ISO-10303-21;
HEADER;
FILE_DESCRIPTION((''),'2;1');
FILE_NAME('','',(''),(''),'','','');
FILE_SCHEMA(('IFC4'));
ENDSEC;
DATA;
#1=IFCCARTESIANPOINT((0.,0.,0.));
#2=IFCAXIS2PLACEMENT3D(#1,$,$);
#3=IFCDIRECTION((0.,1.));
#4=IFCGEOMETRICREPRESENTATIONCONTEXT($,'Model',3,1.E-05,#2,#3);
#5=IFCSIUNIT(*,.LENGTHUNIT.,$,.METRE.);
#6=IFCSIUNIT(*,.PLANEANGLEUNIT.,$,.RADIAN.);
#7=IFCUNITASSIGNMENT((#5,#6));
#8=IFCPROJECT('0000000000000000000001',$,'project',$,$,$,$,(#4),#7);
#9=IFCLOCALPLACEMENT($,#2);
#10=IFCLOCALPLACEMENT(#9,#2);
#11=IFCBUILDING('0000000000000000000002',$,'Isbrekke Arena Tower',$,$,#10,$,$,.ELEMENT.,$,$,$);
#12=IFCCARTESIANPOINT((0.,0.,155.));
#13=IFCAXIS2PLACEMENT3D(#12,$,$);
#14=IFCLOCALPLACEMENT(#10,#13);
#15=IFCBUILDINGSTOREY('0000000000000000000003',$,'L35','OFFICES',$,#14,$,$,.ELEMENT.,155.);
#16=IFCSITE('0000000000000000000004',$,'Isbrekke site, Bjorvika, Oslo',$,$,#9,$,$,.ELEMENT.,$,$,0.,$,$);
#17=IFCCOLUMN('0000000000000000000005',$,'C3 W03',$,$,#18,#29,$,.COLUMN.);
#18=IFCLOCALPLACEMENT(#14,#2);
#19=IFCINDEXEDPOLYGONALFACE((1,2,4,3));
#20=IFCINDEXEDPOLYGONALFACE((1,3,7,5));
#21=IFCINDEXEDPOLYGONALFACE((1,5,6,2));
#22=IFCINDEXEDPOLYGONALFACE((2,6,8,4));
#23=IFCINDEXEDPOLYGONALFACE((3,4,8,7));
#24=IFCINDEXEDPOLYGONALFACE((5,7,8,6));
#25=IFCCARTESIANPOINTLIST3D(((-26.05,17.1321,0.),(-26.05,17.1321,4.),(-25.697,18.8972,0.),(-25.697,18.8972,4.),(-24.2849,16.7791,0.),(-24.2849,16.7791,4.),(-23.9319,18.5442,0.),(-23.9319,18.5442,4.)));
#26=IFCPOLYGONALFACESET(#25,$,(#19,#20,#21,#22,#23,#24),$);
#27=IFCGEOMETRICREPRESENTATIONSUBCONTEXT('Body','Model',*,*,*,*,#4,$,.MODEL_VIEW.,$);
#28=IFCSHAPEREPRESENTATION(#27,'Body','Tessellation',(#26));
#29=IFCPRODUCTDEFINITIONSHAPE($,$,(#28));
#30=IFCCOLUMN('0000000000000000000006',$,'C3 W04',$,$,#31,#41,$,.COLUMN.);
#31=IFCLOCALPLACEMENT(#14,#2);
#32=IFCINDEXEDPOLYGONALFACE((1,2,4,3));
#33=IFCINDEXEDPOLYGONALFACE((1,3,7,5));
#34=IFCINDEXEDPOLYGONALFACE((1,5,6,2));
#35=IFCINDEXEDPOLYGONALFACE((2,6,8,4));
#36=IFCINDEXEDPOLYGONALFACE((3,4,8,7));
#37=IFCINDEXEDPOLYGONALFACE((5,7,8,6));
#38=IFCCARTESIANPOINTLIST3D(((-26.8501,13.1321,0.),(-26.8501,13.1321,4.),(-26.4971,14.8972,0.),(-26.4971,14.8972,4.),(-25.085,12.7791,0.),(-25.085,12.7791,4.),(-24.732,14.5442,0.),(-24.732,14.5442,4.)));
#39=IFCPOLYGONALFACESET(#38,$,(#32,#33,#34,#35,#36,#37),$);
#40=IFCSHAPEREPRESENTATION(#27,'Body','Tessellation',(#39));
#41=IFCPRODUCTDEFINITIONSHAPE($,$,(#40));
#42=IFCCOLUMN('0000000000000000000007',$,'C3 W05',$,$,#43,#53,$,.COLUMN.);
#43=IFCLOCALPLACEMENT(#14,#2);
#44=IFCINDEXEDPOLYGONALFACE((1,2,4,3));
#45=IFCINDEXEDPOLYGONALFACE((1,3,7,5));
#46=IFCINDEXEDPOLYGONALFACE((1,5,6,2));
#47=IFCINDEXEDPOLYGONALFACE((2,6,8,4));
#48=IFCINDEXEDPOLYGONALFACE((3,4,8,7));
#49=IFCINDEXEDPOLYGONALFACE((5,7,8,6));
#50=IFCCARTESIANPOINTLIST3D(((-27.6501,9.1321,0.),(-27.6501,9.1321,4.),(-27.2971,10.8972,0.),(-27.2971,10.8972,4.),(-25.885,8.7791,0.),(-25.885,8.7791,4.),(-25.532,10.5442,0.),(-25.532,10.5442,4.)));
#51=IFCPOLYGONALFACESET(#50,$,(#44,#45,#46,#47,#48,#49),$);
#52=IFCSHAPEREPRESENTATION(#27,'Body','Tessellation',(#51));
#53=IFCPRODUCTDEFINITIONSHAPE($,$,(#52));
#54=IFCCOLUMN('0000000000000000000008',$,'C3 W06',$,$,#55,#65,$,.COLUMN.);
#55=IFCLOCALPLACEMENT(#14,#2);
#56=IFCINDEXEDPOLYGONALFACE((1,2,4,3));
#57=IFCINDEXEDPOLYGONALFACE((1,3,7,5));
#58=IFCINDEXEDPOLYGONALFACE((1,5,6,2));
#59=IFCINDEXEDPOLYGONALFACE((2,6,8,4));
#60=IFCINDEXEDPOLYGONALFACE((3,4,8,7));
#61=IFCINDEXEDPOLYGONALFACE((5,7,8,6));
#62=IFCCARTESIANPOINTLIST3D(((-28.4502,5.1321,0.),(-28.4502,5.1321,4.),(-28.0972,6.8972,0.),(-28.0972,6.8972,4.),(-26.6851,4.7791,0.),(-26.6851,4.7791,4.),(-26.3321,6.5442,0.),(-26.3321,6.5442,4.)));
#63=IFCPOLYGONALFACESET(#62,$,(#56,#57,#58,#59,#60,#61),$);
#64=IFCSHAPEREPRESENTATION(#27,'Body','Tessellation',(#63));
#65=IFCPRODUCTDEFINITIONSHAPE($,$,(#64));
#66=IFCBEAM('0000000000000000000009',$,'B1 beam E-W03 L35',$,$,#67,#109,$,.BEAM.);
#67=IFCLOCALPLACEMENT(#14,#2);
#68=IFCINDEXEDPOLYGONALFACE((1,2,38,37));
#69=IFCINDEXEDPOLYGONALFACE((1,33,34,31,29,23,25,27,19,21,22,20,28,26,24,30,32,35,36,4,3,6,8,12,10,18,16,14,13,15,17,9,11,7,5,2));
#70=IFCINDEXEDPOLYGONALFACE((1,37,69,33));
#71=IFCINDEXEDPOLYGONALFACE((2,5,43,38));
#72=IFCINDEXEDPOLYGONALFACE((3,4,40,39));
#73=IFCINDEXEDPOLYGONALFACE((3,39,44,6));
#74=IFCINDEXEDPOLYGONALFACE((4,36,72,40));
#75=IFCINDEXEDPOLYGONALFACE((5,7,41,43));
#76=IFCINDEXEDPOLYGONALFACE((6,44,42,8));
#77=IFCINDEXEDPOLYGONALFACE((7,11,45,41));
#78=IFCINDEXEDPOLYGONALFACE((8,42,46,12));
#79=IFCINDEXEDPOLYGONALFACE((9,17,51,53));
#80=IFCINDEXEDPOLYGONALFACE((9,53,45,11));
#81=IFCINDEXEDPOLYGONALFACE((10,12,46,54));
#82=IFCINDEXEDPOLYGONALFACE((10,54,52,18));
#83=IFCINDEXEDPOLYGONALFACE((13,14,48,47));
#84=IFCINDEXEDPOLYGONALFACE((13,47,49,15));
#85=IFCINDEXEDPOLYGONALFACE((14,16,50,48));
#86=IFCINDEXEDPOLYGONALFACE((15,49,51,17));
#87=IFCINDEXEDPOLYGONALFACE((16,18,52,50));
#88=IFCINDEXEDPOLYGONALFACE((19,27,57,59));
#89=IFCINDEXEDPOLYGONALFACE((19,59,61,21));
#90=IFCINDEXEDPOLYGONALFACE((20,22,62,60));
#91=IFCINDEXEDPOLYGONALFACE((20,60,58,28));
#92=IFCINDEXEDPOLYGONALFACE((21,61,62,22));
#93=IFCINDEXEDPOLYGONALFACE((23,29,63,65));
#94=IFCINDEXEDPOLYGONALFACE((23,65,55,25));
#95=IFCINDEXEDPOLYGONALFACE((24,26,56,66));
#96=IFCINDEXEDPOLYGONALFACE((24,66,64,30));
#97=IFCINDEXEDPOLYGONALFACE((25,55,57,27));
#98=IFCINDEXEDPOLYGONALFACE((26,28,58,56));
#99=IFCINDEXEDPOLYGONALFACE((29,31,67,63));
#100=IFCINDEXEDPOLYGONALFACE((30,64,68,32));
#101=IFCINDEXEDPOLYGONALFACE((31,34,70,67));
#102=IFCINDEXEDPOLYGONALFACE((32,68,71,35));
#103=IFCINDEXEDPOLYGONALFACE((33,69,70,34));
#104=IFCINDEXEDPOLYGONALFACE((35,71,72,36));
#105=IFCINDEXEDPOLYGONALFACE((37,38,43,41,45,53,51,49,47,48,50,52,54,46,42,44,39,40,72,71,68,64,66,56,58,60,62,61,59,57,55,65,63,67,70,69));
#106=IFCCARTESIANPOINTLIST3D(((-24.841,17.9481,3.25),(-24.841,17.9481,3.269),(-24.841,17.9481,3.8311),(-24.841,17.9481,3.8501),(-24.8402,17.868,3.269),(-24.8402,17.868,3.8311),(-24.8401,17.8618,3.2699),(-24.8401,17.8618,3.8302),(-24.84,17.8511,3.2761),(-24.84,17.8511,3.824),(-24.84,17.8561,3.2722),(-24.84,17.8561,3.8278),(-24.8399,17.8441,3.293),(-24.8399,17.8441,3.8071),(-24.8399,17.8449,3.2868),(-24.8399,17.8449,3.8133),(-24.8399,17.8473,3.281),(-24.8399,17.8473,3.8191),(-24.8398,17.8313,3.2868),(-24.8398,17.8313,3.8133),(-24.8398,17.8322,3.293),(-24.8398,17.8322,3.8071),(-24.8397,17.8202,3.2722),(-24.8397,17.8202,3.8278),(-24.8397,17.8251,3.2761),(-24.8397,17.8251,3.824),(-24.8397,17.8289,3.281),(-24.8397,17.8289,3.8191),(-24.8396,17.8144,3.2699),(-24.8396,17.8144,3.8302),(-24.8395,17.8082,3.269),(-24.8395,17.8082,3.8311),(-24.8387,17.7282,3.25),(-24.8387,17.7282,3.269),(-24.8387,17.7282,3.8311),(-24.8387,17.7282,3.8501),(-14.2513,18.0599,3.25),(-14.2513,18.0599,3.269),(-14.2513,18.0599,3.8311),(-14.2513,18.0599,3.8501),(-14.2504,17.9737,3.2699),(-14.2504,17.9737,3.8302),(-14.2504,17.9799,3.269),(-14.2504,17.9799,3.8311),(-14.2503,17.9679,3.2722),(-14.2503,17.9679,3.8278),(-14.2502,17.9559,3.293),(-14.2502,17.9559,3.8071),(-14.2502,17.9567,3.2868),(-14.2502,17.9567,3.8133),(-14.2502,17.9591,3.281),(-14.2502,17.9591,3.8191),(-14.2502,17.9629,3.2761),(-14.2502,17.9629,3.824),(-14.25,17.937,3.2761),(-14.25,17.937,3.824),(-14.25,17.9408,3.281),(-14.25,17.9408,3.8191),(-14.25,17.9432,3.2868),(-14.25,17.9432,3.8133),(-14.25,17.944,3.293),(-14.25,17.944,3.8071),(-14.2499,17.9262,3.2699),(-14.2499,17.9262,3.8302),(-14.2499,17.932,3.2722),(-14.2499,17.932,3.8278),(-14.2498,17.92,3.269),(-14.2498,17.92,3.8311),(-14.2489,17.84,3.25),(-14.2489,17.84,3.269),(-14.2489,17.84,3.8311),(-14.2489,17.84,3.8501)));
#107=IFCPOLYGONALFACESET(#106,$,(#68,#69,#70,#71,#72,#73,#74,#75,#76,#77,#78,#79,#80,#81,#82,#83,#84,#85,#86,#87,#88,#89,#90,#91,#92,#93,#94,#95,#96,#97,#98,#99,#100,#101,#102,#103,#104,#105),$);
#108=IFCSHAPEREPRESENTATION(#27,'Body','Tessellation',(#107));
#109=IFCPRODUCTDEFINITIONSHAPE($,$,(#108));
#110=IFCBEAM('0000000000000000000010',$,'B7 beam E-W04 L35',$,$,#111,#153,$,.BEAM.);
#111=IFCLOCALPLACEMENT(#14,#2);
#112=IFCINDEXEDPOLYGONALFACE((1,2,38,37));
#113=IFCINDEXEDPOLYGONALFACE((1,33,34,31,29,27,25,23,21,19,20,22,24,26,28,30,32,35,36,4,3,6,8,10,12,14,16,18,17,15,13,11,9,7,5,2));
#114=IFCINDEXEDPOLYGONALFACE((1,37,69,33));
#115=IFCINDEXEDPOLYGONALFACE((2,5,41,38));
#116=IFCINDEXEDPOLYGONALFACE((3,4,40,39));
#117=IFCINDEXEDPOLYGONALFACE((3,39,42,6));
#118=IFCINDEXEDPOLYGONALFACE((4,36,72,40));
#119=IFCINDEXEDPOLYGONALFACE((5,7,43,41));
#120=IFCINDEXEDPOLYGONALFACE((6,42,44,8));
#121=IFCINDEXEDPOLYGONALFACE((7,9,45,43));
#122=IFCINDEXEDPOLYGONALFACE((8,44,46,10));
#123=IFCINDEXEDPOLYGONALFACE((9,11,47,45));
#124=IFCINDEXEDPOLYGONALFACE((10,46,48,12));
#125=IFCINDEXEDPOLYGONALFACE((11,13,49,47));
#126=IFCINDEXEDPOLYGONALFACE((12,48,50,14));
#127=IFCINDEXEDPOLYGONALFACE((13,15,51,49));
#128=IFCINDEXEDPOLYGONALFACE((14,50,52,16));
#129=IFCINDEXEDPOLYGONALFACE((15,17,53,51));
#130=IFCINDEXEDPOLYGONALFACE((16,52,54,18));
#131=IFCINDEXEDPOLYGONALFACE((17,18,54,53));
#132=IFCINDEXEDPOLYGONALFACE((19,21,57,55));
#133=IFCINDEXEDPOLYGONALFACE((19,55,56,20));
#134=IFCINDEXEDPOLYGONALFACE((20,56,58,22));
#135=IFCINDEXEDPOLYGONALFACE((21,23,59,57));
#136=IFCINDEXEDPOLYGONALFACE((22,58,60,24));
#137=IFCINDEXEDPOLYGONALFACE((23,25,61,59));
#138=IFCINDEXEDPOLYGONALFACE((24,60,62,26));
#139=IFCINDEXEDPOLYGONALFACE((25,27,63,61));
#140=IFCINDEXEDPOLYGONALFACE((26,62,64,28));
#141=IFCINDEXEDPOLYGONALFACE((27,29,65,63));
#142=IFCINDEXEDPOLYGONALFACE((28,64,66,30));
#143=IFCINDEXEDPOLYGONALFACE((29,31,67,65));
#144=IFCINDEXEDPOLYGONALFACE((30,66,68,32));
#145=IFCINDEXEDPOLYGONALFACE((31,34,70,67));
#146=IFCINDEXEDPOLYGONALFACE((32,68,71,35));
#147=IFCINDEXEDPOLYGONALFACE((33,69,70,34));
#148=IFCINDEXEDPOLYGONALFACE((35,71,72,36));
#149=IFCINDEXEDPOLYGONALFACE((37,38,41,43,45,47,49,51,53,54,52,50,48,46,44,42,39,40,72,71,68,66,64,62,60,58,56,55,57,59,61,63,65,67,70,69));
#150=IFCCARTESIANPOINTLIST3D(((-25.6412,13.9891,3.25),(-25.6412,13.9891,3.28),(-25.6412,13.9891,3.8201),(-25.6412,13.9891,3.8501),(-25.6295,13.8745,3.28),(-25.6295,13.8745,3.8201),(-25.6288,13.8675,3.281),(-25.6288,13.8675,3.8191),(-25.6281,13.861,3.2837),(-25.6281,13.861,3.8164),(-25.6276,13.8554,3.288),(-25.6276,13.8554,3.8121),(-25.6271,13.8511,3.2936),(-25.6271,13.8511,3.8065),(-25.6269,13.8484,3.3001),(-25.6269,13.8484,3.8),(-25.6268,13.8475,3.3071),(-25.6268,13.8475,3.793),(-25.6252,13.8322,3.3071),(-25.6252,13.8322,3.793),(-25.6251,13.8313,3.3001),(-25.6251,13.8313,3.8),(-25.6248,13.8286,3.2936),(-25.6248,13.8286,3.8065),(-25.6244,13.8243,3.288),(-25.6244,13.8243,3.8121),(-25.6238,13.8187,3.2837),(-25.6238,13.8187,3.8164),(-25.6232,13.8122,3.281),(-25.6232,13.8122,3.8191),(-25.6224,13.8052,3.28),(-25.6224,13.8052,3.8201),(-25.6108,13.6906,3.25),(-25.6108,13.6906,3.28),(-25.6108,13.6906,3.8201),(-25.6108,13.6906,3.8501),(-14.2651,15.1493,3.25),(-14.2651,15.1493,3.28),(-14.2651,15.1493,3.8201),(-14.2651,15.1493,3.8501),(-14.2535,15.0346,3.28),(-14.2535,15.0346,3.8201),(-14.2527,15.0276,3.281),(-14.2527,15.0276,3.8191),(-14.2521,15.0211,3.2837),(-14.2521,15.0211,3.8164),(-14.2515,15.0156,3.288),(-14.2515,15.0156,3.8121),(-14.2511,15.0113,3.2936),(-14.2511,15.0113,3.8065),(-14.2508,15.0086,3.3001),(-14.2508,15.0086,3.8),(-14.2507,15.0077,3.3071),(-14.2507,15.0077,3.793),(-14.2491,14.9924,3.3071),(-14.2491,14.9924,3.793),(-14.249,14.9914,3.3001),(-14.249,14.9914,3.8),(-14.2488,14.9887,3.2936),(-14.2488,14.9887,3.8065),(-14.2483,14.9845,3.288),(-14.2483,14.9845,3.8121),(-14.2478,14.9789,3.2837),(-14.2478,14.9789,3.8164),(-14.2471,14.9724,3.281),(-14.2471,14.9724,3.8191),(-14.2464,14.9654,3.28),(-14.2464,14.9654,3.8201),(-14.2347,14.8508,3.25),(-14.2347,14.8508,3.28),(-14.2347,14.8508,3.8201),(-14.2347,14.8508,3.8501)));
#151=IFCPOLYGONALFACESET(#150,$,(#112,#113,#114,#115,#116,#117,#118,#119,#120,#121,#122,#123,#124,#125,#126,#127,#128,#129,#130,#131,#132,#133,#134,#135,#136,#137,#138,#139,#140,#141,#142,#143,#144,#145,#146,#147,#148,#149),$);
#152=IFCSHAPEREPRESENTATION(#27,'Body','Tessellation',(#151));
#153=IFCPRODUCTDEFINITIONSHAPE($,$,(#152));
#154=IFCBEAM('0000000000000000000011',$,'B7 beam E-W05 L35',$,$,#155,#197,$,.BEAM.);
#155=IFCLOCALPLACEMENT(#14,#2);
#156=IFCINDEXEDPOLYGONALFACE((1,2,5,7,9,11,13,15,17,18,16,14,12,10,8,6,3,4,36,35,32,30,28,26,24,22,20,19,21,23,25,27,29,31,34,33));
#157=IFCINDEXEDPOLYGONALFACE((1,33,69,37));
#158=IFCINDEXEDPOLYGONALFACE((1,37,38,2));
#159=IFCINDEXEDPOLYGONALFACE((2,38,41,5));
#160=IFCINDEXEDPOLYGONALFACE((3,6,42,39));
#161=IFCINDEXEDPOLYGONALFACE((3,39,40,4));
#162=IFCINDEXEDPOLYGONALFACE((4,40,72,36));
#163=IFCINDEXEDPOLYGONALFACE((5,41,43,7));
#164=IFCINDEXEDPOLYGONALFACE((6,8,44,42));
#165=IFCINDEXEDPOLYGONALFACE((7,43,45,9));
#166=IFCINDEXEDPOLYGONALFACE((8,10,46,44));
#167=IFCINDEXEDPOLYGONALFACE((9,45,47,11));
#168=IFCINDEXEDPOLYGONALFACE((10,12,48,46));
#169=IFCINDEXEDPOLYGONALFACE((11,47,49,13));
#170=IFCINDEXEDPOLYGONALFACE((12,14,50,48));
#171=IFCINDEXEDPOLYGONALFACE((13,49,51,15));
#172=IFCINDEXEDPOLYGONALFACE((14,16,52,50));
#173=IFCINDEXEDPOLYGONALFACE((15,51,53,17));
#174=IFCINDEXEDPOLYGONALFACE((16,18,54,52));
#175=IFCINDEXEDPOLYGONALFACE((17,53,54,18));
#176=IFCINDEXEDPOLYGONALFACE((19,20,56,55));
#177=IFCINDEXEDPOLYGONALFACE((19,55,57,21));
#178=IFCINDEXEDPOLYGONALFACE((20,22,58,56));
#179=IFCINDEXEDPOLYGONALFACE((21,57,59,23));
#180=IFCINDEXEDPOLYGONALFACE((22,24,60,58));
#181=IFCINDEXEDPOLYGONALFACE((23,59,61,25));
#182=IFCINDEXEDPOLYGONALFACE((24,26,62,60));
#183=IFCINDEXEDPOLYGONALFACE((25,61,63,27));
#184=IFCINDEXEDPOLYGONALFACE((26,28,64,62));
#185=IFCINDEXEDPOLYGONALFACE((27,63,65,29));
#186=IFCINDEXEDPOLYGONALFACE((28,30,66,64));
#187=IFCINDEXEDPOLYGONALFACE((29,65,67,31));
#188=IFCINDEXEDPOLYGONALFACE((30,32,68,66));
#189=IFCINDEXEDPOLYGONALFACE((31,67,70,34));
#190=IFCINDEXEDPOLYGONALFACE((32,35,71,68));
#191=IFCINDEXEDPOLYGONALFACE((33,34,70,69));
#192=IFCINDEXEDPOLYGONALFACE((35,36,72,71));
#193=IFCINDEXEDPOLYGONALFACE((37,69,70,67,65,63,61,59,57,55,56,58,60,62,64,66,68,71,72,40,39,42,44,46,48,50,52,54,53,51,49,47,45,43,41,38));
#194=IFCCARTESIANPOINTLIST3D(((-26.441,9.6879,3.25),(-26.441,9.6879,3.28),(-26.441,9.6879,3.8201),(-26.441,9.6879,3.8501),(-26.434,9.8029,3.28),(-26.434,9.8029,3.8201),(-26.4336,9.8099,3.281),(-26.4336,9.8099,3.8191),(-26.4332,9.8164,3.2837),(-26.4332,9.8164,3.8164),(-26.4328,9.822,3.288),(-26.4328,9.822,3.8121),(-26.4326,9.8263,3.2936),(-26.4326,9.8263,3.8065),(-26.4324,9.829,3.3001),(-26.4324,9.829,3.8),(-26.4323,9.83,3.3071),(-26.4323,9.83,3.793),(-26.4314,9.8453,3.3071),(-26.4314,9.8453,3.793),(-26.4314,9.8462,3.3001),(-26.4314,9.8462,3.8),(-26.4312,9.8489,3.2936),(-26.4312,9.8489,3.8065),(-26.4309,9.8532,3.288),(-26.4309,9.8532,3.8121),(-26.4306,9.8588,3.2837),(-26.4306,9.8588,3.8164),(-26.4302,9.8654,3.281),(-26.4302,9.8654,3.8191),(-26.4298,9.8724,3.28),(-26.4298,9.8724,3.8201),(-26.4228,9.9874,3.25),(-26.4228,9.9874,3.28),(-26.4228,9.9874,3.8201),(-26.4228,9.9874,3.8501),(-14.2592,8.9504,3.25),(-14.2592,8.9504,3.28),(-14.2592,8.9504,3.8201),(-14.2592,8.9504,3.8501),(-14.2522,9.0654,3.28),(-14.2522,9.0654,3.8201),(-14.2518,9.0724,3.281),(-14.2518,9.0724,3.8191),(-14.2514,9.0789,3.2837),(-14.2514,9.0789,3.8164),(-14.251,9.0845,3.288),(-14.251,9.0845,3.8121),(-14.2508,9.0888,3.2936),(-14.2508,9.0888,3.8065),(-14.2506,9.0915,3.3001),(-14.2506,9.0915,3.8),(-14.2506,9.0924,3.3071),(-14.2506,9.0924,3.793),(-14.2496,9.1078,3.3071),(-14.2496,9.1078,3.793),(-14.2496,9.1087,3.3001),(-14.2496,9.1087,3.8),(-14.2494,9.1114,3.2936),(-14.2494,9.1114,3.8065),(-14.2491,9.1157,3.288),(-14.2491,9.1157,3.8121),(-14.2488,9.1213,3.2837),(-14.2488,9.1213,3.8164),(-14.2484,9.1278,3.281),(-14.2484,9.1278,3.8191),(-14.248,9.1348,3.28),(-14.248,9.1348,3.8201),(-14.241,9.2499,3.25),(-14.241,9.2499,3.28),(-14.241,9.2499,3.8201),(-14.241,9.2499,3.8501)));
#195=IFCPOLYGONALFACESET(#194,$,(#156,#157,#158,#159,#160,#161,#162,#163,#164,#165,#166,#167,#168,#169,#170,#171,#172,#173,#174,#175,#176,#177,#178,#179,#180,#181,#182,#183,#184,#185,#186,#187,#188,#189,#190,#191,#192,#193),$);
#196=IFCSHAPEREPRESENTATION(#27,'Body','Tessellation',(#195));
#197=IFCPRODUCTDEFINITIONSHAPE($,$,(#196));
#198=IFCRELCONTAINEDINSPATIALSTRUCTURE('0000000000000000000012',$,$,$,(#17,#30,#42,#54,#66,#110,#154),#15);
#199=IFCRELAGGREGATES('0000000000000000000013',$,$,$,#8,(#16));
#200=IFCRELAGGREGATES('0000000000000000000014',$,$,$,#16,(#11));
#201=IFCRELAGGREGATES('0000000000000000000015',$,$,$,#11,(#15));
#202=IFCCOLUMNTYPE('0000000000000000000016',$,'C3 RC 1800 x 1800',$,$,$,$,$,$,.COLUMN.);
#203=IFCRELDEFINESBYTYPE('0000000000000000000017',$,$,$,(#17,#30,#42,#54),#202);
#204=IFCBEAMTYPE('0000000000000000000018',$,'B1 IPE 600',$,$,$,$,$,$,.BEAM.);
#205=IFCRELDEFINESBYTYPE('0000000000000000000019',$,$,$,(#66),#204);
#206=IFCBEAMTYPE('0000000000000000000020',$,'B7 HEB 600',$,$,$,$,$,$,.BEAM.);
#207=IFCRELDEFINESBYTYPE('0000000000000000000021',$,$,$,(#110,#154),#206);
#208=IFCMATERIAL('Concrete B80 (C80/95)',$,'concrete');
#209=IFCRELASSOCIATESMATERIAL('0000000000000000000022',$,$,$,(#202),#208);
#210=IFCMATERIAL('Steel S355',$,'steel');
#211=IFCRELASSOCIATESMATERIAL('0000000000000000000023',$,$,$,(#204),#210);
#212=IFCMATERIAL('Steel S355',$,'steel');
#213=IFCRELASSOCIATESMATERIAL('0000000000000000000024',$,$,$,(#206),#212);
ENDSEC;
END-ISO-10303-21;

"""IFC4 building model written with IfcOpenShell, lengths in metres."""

from ifc_helpers import new_model, si_unit, direction, frame, origin, origin_2d, place, context, subcontext, project, spatial, rectangle, i_section, extrude, material, material_profile, profile_set, type_object, element, save


model = new_model("IFC4")

# Units and contexts
model_context = context("Model", 3, precision=1e-05, world=origin(), true_north=direction((0.0, 1.0)))
body_context = subcontext(model_context, "Body", "Model", "MODEL_VIEW")
ifc_project = project(units=[si_unit("LENGTHUNIT", "METRE"), si_unit("PLANEANGLEUNIT", "RADIAN")], contexts=[model_context])

# Site, building, storey
site_placement = place(None, origin())
site = spatial("IfcSite", under=ifc_project, at=site_placement, Name="Isbrekke site, Bjorvika, Oslo", CompositionType="ELEMENT", RefElevation=0.0)
building_placement = place(site_placement, origin())
building = spatial("IfcBuilding", under=site, at=building_placement, Name="Isbrekke Arena Tower", CompositionType="ELEMENT")
storey_placement = place(building_placement, frame((0.0, 0.0, 155.0)))
storey = spatial("IfcBuildingStorey", under=building, at=storey_placement, Name="L35", Description="OFFICES", CompositionType="ELEMENT", Elevation=155.0)

# Columns
ifc_material_1 = material(Name="Concrete B80 (C80/95)", Category="concrete")
ifc_material_profile_1 = material_profile(ifc_material_1, rectangle(XDim=1.8, YDim=1.8, at=origin_2d()), Name="RC 1800x1800")
ifc_profile_set_1 = profile_set([ifc_material_profile_1], Name="Concrete B80 (C80/95)")
column_type = type_object("IfcColumnType", Name="C3 RC 1800 x 1800", PredefinedType="COLUMN", material=ifc_profile_set_1)
for number, where, z_axis, x_axis, name in (
    (1, (-24.991, 17.8381, 0.0), (0.0, 0.0, 1.0), (-0.196116, -0.980581, 0.0), "C3 W03"),
    (2, (-25.791, 13.8381, 0.0), (0.0, 0.0, 1.0), (-0.196116, -0.980581, 0.0), "C3 W04"),
    (3, (-26.5911, 9.8381, 0.0), (0.0, 0.0, 1.0), (-0.196116, -0.980581, 0.0), "C3 W05"),
    (4, (-27.3911, 5.8381, 0.0), (0.0, 0.0, 1.0), (-0.196116, -0.980581, 0.0), "C3 W06"),
):
    element("IfcColumn", number, at=place(storey_placement, frame(where, z_axis=z_axis, x_axis=x_axis)), inside=storey, type_object=column_type, Name=name, PredefinedType="COLUMN", context=body_context, shape_type="SweptSolid", body=[
        extrude(rectangle(XDim=1.8, YDim=1.8, at=origin_2d()), origin(), (0.0, 0.0, 1.0), 4.0),
    ])

# Beams
ifc_material_2 = material(Name="Steel S355", Category="steel")
ifc_material_profile_2 = material_profile(ifc_material_2, i_section(OverallWidth=0.22, OverallDepth=0.6001, WebThickness=0.012, FlangeThickness=0.019, FilletRadius=0.0239, at=origin_2d()), Name="IPE 600")
ifc_profile_set_2 = profile_set([ifc_material_profile_2], Name="Steel S355")
beam_type_1 = type_object("IfcBeamType", Name="B1 IPE 600", PredefinedType="BEAM", material=ifc_profile_set_2)
beam_1_placement = place(storey_placement, frame((-24.8398, 17.8381, 3.55), z_axis=(0.999944, 0.010558, 0.0), x_axis=(-0.010558, 0.999944, 0.0)))
element("IfcBeam", 5, at=beam_1_placement, inside=storey, type_object=beam_type_1, Name="B1 beam E-W03 L35", PredefinedType="BEAM", context=body_context, shape_type="SweptSolid", body=[
    extrude(i_section(OverallWidth=0.22, OverallDepth=0.6001, WebThickness=0.012, FlangeThickness=0.019, FilletRadius=0.0239, at=origin_2d()), origin(), (0.0, 0.0, 1.0), 10.5903),
])
ifc_material_3 = material(Name="Steel S355", Category="steel")
ifc_material_profile_3 = material_profile(ifc_material_3, i_section(OverallWidth=0.3, OverallDepth=0.6001, WebThickness=0.0154, FlangeThickness=0.03, FilletRadius=0.0271, at=origin_2d()), Name="HEB 600")
ifc_profile_set_3 = profile_set([ifc_material_profile_3], Name="Steel S355")
beam_type_2 = type_object("IfcBeamType", Name="B7 HEB 600", PredefinedType="BEAM", material=ifc_profile_set_3)
beam_2_placement = place(storey_placement, frame((-25.626, 13.8398, 3.55), z_axis=(0.99484, 0.101457, 0.0), x_axis=(-0.101457, 0.99484, 0.0)))
element("IfcBeam", 6, at=beam_2_placement, inside=storey, type_object=beam_type_2, Name="B7 beam E-W04 L35", PredefinedType="BEAM", context=body_context, shape_type="SweptSolid", body=[
    extrude(i_section(OverallWidth=0.3, OverallDepth=0.6001, WebThickness=0.0154, FlangeThickness=0.03, FilletRadius=0.0271, at=origin_2d()), origin(), (0.0, 0.0, 1.0), 11.4351),
])
beam_3_placement = place(storey_placement, frame((-26.4319, 9.8376, 3.55), z_axis=(0.998172, -0.060434, 0.0), x_axis=(0.060434, 0.998172, 0.0)))
element("IfcBeam", 7, at=beam_3_placement, inside=storey, type_object=beam_type_2, Name="B7 beam E-W05 L35", PredefinedType="BEAM", context=body_context, shape_type="SweptSolid", body=[
    extrude(i_section(OverallWidth=0.3, OverallDepth=0.6001, WebThickness=0.0154, FlangeThickness=0.03, FilletRadius=0.0271, at=origin_2d()), origin(), (0.0, 0.0, 1.0), 12.2041),
])

save(model, "model.ifc")
